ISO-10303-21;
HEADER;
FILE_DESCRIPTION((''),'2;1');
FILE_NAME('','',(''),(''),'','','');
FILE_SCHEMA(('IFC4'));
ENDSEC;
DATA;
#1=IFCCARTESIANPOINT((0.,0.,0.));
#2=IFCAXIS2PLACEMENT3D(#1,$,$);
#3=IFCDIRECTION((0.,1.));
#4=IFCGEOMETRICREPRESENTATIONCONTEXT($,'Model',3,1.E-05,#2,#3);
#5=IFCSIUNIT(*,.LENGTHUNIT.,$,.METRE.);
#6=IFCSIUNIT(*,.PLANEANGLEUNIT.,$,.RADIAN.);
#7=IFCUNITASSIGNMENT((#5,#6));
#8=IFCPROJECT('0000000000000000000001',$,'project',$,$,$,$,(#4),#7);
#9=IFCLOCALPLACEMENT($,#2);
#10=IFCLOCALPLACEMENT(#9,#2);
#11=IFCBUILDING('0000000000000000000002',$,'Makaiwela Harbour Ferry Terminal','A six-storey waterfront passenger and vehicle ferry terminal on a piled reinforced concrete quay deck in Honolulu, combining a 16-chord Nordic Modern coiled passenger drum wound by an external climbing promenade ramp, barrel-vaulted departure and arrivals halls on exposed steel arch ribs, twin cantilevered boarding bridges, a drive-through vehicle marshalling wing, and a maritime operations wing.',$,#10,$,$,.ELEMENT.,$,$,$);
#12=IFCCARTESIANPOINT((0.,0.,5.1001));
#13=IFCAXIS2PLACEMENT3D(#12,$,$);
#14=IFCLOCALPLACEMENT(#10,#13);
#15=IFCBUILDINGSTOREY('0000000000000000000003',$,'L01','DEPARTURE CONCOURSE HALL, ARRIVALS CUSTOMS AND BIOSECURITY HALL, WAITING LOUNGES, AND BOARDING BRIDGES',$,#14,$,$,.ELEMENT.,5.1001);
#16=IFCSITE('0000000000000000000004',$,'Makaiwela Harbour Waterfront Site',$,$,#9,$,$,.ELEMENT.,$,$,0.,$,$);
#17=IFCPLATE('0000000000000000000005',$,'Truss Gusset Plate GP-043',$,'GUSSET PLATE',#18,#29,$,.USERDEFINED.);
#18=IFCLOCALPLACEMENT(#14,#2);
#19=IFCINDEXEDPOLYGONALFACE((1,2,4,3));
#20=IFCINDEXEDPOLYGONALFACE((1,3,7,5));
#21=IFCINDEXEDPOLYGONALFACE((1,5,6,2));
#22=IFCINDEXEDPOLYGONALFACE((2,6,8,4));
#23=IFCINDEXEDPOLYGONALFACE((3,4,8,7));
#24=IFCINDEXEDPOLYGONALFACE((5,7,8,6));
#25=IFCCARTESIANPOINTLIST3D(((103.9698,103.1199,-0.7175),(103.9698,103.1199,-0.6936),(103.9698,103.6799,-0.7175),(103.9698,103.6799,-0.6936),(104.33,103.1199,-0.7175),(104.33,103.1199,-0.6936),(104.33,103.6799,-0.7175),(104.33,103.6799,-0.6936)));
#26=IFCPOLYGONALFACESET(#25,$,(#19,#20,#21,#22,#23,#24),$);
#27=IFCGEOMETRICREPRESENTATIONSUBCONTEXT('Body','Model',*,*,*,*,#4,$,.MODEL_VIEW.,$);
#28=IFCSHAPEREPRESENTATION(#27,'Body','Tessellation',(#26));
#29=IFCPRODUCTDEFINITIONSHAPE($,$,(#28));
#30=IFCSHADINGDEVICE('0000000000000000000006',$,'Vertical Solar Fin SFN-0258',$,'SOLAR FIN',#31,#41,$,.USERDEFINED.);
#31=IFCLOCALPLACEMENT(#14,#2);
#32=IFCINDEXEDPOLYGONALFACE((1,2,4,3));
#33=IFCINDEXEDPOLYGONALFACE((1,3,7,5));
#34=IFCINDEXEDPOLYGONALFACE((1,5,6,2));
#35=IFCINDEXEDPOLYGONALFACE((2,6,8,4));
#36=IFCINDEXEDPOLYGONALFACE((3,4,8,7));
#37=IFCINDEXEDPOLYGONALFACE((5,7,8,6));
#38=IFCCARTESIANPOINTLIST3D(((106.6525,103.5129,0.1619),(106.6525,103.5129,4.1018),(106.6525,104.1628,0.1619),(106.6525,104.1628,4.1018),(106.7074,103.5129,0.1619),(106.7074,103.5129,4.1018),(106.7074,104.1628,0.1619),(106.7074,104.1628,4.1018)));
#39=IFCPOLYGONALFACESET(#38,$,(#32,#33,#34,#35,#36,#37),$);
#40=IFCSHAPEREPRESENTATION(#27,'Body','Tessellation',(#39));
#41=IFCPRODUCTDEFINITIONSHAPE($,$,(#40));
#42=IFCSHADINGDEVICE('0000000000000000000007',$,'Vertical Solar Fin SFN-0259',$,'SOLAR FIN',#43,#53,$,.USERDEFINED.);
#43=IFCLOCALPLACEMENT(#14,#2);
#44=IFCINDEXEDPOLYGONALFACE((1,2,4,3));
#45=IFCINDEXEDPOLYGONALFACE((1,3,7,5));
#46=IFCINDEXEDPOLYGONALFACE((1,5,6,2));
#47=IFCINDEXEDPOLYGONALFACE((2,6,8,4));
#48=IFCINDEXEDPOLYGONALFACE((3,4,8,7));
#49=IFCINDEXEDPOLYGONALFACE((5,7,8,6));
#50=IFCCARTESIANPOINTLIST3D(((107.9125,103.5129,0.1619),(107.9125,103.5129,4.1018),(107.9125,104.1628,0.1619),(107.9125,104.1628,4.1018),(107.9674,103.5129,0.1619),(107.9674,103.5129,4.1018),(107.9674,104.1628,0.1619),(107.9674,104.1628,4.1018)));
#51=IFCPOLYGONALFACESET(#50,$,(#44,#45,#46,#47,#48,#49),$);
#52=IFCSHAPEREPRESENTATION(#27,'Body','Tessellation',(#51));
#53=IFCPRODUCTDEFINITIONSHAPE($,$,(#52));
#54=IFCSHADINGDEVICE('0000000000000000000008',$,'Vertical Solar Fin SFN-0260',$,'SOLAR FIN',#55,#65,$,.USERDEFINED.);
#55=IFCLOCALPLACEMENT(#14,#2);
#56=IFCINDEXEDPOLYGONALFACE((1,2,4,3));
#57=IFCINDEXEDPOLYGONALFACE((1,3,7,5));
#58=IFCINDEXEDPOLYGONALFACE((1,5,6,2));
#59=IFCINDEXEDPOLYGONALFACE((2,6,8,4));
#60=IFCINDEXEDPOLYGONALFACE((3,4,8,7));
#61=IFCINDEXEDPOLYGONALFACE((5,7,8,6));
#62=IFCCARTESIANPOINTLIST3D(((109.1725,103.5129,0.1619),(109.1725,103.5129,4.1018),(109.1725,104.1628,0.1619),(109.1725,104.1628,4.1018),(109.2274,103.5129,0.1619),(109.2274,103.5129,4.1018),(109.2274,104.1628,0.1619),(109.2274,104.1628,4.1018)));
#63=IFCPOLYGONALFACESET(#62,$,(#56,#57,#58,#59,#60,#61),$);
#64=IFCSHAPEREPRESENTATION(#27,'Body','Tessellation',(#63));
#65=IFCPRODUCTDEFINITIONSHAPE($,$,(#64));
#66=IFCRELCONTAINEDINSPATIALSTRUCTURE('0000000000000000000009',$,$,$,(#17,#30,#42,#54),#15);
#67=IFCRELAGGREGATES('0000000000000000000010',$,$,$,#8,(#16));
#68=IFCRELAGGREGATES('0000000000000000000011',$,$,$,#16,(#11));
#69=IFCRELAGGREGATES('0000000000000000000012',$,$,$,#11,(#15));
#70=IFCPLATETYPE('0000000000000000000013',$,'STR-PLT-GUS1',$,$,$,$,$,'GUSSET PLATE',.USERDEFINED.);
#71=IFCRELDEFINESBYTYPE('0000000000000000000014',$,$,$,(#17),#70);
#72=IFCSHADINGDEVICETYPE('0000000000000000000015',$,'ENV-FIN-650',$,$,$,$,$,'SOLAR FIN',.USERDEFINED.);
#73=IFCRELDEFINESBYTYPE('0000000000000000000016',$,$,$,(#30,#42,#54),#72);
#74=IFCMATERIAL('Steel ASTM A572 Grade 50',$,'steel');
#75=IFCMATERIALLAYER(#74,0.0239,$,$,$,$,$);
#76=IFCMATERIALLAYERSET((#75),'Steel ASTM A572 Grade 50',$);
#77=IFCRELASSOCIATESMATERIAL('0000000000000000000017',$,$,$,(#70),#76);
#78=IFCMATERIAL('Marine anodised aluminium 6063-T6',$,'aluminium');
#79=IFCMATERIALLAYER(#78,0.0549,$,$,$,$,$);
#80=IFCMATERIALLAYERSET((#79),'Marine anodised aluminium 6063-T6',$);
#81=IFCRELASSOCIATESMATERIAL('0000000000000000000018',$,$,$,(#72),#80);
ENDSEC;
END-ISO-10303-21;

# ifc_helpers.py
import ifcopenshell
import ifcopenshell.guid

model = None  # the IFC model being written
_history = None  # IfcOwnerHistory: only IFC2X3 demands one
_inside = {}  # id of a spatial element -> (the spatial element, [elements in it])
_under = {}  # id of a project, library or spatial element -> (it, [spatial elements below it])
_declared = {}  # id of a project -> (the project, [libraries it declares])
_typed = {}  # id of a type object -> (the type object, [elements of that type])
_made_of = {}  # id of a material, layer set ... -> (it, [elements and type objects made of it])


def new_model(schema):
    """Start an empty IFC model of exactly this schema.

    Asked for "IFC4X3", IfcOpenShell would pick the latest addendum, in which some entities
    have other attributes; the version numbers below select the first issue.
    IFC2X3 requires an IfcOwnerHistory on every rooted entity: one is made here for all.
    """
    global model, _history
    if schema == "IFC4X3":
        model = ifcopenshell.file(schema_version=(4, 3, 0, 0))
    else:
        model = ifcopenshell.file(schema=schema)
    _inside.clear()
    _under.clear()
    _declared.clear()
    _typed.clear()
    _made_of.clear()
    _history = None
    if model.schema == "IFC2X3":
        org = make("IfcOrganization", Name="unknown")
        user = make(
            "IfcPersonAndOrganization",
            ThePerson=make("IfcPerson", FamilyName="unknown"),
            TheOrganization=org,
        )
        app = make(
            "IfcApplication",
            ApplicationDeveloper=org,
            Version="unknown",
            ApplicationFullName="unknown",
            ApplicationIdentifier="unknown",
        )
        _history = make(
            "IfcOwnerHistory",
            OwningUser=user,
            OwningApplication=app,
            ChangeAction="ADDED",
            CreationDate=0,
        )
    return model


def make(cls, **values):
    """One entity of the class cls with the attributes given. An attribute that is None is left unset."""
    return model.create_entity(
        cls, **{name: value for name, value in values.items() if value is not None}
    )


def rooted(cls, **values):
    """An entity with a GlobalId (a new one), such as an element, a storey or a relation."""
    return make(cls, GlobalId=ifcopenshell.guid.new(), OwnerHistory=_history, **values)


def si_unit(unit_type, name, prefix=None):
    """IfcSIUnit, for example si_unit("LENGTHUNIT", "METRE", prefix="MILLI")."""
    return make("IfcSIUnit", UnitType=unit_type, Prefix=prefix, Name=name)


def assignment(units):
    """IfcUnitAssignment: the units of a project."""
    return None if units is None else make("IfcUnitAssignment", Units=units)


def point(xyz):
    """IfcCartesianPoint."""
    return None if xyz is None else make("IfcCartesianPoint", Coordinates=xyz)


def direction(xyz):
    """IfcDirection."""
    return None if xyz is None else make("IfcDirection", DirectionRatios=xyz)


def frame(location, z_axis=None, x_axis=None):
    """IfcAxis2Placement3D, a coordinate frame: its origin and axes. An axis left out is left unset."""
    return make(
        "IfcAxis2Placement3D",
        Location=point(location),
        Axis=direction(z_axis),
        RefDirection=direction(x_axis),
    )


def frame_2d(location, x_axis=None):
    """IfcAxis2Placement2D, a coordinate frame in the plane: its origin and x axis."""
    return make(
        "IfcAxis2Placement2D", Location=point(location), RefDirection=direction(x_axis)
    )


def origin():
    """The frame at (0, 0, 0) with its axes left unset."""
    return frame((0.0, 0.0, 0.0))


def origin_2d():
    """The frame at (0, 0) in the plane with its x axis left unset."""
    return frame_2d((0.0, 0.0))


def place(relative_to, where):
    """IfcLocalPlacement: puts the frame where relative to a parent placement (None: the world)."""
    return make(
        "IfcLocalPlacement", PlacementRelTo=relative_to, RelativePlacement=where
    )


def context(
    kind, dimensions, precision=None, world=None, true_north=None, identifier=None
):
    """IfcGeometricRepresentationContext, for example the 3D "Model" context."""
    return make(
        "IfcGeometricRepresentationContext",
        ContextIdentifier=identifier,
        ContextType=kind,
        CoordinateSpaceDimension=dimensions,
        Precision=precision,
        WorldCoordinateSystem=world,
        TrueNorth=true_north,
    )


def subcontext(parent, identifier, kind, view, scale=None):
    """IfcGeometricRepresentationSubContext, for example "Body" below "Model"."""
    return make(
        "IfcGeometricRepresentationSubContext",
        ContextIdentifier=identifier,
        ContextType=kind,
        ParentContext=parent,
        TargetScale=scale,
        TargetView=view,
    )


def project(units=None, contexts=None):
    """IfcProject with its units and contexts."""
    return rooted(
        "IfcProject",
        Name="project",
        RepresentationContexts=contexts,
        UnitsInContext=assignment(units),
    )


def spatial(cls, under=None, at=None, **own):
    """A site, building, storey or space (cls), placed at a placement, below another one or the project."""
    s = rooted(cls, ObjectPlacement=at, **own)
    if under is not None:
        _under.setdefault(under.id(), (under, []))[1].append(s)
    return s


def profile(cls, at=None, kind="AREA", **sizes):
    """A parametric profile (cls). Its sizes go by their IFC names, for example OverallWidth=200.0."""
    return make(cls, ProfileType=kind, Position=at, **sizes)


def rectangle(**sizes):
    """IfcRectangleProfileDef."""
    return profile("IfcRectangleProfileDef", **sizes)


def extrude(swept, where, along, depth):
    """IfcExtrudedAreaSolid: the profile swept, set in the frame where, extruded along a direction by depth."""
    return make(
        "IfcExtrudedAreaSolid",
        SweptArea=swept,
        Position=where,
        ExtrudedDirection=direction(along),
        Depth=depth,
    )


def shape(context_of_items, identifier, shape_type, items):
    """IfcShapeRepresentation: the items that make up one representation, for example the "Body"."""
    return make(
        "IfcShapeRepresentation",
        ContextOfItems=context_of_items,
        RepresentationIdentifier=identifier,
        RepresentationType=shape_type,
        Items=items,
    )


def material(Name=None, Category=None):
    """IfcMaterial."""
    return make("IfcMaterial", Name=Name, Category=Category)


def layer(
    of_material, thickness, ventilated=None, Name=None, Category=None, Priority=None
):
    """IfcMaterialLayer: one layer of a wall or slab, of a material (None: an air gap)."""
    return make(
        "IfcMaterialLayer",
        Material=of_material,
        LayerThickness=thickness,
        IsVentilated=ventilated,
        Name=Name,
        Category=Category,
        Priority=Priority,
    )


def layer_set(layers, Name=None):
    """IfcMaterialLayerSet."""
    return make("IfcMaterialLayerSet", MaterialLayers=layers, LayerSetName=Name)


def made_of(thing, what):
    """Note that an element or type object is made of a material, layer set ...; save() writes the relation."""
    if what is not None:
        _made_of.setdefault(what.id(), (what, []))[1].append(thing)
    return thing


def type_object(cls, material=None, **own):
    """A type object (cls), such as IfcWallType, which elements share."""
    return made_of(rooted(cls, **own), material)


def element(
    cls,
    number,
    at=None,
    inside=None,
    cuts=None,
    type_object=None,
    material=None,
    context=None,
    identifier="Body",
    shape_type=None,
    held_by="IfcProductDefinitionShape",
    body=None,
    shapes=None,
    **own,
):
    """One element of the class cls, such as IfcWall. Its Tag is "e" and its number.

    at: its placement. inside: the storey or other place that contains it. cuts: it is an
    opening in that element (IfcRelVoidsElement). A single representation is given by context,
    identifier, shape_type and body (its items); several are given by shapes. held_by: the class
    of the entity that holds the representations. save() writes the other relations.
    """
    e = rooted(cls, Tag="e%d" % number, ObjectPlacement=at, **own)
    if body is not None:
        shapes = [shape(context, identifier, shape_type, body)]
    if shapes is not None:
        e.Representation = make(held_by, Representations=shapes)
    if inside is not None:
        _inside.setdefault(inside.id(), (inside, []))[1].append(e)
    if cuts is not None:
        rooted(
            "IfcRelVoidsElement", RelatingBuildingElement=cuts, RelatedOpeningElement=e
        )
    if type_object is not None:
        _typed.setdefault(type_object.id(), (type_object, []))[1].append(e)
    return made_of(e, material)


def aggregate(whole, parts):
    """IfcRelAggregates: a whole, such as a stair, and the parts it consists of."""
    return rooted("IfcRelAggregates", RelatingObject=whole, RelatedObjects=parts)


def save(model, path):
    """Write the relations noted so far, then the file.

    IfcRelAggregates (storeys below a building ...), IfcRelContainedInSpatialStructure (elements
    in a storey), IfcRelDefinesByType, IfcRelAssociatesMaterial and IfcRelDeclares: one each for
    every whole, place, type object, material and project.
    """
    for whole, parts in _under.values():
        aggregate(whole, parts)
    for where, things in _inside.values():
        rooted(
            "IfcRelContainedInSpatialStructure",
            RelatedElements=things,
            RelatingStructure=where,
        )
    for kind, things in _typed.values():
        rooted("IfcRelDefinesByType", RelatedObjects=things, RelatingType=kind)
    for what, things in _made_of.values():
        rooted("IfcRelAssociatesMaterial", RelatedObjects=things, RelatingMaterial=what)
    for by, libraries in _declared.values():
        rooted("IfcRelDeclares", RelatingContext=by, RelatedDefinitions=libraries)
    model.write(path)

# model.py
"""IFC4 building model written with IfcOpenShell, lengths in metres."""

from ifc_helpers import new_model, si_unit, direction, frame, origin, origin_2d, place, context, subcontext, project, spatial, rectangle, extrude, material, layer, layer_set, type_object, element, save


model = new_model("IFC4")

# Units and contexts
model_context = context("Model", 3, precision=1e-05, world=origin(), true_north=direction((0.0, 1.0)))
body_context = subcontext(model_context, "Body", "Model", "MODEL_VIEW")
ifc_project = project(units=[si_unit("LENGTHUNIT", "METRE"), si_unit("PLANEANGLEUNIT", "RADIAN")], contexts=[model_context])

# Site, building, storey
site_placement = place(None, origin())
site = spatial("IfcSite", under=ifc_project, at=site_placement, Name="Makaiwela Harbour Waterfront Site", CompositionType="ELEMENT", RefElevation=0.0)
building_placement = place(site_placement, origin())
building = spatial("IfcBuilding", under=site, at=building_placement, Name="Makaiwela Harbour Ferry Terminal", Description="A six-storey waterfront passenger and vehicle ferry terminal on a piled reinforced concrete quay deck in Honolulu, combining a 16-chord Nordic Modern coiled passenger drum wound by an external climbing promenade ramp, barrel-vaulted departure and arrivals halls on exposed steel arch ribs, twin cantilevered boarding bridges, a drive-through vehicle marshalling wing, and a maritime operations wing.", CompositionType="ELEMENT")
storey_placement = place(building_placement, frame((0.0, 0.0, 5.1001)))
storey = spatial("IfcBuildingStorey", under=building, at=storey_placement, Name="L01", Description="DEPARTURE CONCOURSE HALL, ARRIVALS CUSTOMS AND BIOSECURITY HALL, WAITING LOUNGES, AND BOARDING BRIDGES", CompositionType="ELEMENT", Elevation=5.1001)

# Shared definitions
ifc_material_1 = material(Name="Marine anodised aluminium 6063-T6", Category="aluminium")

# Plate
ifc_material_2 = material(Name="Steel ASTM A572 Grade 50", Category="steel")
ifc_layer_1 = layer(ifc_material_2, 0.0239)
ifc_layer_set_1 = layer_set([ifc_layer_1], Name="Steel ASTM A572 Grade 50")
plate_type_1 = type_object("IfcPlateType", Name="STR-PLT-GUS1", ElementType="GUSSET PLATE", PredefinedType="USERDEFINED", material=ifc_layer_set_1)
plate_1_placement = place(storey_placement, frame((104.1499, 103.3999, -0.7175), z_axis=(0.0, 0.0, 1.0), x_axis=(0.0, 1.0, 0.0)))
element("IfcPlate", 1, at=plate_1_placement, inside=storey, type_object=plate_type_1, Name="Truss Gusset Plate GP-043", ObjectType="GUSSET PLATE", PredefinedType="USERDEFINED", context=body_context, shape_type="SweptSolid", body=[
    extrude(rectangle(XDim=0.5601, YDim=0.3601, at=origin_2d()), origin(), (0.0, 0.0, 1.0), 0.0239),
])

# Shading devices
ifc_layer_2 = layer(ifc_material_1, 0.0549)
ifc_layer_set_2 = layer_set([ifc_layer_2], Name="Marine anodised aluminium 6063-T6")
shading_device_type = type_object("IfcShadingDeviceType", Name="ENV-FIN-650", ElementType="SOLAR FIN", PredefinedType="USERDEFINED", material=ifc_layer_set_2)
for number, where, z_axis, x_axis, name in (
    (2, (106.6799, 103.8379, 0.1619), (0.0, 0.0, 1.0), (0.0, 1.0, 0.0), "Vertical Solar Fin SFN-0258"),
    (3, (107.9399, 103.8379, 0.1619), (0.0, 0.0, 1.0), (0.0, 1.0, 0.0), "Vertical Solar Fin SFN-0259"),
    (4, (109.2, 103.8379, 0.1619), (0.0, 0.0, 1.0), (0.0, 1.0, 0.0), "Vertical Solar Fin SFN-0260"),
):
    element("IfcShadingDevice", number, at=place(storey_placement, frame(where, z_axis=z_axis, x_axis=x_axis)), inside=storey, type_object=shading_device_type, Name=name, ObjectType="SOLAR FIN", PredefinedType="USERDEFINED", context=body_context, shape_type="SweptSolid", body=[
        extrude(rectangle(XDim=0.6499, YDim=0.0549, at=origin_2d()), origin(), (0.0, 0.0, 1.0), 3.9399),
    ])

save(model, "model.ifc")
